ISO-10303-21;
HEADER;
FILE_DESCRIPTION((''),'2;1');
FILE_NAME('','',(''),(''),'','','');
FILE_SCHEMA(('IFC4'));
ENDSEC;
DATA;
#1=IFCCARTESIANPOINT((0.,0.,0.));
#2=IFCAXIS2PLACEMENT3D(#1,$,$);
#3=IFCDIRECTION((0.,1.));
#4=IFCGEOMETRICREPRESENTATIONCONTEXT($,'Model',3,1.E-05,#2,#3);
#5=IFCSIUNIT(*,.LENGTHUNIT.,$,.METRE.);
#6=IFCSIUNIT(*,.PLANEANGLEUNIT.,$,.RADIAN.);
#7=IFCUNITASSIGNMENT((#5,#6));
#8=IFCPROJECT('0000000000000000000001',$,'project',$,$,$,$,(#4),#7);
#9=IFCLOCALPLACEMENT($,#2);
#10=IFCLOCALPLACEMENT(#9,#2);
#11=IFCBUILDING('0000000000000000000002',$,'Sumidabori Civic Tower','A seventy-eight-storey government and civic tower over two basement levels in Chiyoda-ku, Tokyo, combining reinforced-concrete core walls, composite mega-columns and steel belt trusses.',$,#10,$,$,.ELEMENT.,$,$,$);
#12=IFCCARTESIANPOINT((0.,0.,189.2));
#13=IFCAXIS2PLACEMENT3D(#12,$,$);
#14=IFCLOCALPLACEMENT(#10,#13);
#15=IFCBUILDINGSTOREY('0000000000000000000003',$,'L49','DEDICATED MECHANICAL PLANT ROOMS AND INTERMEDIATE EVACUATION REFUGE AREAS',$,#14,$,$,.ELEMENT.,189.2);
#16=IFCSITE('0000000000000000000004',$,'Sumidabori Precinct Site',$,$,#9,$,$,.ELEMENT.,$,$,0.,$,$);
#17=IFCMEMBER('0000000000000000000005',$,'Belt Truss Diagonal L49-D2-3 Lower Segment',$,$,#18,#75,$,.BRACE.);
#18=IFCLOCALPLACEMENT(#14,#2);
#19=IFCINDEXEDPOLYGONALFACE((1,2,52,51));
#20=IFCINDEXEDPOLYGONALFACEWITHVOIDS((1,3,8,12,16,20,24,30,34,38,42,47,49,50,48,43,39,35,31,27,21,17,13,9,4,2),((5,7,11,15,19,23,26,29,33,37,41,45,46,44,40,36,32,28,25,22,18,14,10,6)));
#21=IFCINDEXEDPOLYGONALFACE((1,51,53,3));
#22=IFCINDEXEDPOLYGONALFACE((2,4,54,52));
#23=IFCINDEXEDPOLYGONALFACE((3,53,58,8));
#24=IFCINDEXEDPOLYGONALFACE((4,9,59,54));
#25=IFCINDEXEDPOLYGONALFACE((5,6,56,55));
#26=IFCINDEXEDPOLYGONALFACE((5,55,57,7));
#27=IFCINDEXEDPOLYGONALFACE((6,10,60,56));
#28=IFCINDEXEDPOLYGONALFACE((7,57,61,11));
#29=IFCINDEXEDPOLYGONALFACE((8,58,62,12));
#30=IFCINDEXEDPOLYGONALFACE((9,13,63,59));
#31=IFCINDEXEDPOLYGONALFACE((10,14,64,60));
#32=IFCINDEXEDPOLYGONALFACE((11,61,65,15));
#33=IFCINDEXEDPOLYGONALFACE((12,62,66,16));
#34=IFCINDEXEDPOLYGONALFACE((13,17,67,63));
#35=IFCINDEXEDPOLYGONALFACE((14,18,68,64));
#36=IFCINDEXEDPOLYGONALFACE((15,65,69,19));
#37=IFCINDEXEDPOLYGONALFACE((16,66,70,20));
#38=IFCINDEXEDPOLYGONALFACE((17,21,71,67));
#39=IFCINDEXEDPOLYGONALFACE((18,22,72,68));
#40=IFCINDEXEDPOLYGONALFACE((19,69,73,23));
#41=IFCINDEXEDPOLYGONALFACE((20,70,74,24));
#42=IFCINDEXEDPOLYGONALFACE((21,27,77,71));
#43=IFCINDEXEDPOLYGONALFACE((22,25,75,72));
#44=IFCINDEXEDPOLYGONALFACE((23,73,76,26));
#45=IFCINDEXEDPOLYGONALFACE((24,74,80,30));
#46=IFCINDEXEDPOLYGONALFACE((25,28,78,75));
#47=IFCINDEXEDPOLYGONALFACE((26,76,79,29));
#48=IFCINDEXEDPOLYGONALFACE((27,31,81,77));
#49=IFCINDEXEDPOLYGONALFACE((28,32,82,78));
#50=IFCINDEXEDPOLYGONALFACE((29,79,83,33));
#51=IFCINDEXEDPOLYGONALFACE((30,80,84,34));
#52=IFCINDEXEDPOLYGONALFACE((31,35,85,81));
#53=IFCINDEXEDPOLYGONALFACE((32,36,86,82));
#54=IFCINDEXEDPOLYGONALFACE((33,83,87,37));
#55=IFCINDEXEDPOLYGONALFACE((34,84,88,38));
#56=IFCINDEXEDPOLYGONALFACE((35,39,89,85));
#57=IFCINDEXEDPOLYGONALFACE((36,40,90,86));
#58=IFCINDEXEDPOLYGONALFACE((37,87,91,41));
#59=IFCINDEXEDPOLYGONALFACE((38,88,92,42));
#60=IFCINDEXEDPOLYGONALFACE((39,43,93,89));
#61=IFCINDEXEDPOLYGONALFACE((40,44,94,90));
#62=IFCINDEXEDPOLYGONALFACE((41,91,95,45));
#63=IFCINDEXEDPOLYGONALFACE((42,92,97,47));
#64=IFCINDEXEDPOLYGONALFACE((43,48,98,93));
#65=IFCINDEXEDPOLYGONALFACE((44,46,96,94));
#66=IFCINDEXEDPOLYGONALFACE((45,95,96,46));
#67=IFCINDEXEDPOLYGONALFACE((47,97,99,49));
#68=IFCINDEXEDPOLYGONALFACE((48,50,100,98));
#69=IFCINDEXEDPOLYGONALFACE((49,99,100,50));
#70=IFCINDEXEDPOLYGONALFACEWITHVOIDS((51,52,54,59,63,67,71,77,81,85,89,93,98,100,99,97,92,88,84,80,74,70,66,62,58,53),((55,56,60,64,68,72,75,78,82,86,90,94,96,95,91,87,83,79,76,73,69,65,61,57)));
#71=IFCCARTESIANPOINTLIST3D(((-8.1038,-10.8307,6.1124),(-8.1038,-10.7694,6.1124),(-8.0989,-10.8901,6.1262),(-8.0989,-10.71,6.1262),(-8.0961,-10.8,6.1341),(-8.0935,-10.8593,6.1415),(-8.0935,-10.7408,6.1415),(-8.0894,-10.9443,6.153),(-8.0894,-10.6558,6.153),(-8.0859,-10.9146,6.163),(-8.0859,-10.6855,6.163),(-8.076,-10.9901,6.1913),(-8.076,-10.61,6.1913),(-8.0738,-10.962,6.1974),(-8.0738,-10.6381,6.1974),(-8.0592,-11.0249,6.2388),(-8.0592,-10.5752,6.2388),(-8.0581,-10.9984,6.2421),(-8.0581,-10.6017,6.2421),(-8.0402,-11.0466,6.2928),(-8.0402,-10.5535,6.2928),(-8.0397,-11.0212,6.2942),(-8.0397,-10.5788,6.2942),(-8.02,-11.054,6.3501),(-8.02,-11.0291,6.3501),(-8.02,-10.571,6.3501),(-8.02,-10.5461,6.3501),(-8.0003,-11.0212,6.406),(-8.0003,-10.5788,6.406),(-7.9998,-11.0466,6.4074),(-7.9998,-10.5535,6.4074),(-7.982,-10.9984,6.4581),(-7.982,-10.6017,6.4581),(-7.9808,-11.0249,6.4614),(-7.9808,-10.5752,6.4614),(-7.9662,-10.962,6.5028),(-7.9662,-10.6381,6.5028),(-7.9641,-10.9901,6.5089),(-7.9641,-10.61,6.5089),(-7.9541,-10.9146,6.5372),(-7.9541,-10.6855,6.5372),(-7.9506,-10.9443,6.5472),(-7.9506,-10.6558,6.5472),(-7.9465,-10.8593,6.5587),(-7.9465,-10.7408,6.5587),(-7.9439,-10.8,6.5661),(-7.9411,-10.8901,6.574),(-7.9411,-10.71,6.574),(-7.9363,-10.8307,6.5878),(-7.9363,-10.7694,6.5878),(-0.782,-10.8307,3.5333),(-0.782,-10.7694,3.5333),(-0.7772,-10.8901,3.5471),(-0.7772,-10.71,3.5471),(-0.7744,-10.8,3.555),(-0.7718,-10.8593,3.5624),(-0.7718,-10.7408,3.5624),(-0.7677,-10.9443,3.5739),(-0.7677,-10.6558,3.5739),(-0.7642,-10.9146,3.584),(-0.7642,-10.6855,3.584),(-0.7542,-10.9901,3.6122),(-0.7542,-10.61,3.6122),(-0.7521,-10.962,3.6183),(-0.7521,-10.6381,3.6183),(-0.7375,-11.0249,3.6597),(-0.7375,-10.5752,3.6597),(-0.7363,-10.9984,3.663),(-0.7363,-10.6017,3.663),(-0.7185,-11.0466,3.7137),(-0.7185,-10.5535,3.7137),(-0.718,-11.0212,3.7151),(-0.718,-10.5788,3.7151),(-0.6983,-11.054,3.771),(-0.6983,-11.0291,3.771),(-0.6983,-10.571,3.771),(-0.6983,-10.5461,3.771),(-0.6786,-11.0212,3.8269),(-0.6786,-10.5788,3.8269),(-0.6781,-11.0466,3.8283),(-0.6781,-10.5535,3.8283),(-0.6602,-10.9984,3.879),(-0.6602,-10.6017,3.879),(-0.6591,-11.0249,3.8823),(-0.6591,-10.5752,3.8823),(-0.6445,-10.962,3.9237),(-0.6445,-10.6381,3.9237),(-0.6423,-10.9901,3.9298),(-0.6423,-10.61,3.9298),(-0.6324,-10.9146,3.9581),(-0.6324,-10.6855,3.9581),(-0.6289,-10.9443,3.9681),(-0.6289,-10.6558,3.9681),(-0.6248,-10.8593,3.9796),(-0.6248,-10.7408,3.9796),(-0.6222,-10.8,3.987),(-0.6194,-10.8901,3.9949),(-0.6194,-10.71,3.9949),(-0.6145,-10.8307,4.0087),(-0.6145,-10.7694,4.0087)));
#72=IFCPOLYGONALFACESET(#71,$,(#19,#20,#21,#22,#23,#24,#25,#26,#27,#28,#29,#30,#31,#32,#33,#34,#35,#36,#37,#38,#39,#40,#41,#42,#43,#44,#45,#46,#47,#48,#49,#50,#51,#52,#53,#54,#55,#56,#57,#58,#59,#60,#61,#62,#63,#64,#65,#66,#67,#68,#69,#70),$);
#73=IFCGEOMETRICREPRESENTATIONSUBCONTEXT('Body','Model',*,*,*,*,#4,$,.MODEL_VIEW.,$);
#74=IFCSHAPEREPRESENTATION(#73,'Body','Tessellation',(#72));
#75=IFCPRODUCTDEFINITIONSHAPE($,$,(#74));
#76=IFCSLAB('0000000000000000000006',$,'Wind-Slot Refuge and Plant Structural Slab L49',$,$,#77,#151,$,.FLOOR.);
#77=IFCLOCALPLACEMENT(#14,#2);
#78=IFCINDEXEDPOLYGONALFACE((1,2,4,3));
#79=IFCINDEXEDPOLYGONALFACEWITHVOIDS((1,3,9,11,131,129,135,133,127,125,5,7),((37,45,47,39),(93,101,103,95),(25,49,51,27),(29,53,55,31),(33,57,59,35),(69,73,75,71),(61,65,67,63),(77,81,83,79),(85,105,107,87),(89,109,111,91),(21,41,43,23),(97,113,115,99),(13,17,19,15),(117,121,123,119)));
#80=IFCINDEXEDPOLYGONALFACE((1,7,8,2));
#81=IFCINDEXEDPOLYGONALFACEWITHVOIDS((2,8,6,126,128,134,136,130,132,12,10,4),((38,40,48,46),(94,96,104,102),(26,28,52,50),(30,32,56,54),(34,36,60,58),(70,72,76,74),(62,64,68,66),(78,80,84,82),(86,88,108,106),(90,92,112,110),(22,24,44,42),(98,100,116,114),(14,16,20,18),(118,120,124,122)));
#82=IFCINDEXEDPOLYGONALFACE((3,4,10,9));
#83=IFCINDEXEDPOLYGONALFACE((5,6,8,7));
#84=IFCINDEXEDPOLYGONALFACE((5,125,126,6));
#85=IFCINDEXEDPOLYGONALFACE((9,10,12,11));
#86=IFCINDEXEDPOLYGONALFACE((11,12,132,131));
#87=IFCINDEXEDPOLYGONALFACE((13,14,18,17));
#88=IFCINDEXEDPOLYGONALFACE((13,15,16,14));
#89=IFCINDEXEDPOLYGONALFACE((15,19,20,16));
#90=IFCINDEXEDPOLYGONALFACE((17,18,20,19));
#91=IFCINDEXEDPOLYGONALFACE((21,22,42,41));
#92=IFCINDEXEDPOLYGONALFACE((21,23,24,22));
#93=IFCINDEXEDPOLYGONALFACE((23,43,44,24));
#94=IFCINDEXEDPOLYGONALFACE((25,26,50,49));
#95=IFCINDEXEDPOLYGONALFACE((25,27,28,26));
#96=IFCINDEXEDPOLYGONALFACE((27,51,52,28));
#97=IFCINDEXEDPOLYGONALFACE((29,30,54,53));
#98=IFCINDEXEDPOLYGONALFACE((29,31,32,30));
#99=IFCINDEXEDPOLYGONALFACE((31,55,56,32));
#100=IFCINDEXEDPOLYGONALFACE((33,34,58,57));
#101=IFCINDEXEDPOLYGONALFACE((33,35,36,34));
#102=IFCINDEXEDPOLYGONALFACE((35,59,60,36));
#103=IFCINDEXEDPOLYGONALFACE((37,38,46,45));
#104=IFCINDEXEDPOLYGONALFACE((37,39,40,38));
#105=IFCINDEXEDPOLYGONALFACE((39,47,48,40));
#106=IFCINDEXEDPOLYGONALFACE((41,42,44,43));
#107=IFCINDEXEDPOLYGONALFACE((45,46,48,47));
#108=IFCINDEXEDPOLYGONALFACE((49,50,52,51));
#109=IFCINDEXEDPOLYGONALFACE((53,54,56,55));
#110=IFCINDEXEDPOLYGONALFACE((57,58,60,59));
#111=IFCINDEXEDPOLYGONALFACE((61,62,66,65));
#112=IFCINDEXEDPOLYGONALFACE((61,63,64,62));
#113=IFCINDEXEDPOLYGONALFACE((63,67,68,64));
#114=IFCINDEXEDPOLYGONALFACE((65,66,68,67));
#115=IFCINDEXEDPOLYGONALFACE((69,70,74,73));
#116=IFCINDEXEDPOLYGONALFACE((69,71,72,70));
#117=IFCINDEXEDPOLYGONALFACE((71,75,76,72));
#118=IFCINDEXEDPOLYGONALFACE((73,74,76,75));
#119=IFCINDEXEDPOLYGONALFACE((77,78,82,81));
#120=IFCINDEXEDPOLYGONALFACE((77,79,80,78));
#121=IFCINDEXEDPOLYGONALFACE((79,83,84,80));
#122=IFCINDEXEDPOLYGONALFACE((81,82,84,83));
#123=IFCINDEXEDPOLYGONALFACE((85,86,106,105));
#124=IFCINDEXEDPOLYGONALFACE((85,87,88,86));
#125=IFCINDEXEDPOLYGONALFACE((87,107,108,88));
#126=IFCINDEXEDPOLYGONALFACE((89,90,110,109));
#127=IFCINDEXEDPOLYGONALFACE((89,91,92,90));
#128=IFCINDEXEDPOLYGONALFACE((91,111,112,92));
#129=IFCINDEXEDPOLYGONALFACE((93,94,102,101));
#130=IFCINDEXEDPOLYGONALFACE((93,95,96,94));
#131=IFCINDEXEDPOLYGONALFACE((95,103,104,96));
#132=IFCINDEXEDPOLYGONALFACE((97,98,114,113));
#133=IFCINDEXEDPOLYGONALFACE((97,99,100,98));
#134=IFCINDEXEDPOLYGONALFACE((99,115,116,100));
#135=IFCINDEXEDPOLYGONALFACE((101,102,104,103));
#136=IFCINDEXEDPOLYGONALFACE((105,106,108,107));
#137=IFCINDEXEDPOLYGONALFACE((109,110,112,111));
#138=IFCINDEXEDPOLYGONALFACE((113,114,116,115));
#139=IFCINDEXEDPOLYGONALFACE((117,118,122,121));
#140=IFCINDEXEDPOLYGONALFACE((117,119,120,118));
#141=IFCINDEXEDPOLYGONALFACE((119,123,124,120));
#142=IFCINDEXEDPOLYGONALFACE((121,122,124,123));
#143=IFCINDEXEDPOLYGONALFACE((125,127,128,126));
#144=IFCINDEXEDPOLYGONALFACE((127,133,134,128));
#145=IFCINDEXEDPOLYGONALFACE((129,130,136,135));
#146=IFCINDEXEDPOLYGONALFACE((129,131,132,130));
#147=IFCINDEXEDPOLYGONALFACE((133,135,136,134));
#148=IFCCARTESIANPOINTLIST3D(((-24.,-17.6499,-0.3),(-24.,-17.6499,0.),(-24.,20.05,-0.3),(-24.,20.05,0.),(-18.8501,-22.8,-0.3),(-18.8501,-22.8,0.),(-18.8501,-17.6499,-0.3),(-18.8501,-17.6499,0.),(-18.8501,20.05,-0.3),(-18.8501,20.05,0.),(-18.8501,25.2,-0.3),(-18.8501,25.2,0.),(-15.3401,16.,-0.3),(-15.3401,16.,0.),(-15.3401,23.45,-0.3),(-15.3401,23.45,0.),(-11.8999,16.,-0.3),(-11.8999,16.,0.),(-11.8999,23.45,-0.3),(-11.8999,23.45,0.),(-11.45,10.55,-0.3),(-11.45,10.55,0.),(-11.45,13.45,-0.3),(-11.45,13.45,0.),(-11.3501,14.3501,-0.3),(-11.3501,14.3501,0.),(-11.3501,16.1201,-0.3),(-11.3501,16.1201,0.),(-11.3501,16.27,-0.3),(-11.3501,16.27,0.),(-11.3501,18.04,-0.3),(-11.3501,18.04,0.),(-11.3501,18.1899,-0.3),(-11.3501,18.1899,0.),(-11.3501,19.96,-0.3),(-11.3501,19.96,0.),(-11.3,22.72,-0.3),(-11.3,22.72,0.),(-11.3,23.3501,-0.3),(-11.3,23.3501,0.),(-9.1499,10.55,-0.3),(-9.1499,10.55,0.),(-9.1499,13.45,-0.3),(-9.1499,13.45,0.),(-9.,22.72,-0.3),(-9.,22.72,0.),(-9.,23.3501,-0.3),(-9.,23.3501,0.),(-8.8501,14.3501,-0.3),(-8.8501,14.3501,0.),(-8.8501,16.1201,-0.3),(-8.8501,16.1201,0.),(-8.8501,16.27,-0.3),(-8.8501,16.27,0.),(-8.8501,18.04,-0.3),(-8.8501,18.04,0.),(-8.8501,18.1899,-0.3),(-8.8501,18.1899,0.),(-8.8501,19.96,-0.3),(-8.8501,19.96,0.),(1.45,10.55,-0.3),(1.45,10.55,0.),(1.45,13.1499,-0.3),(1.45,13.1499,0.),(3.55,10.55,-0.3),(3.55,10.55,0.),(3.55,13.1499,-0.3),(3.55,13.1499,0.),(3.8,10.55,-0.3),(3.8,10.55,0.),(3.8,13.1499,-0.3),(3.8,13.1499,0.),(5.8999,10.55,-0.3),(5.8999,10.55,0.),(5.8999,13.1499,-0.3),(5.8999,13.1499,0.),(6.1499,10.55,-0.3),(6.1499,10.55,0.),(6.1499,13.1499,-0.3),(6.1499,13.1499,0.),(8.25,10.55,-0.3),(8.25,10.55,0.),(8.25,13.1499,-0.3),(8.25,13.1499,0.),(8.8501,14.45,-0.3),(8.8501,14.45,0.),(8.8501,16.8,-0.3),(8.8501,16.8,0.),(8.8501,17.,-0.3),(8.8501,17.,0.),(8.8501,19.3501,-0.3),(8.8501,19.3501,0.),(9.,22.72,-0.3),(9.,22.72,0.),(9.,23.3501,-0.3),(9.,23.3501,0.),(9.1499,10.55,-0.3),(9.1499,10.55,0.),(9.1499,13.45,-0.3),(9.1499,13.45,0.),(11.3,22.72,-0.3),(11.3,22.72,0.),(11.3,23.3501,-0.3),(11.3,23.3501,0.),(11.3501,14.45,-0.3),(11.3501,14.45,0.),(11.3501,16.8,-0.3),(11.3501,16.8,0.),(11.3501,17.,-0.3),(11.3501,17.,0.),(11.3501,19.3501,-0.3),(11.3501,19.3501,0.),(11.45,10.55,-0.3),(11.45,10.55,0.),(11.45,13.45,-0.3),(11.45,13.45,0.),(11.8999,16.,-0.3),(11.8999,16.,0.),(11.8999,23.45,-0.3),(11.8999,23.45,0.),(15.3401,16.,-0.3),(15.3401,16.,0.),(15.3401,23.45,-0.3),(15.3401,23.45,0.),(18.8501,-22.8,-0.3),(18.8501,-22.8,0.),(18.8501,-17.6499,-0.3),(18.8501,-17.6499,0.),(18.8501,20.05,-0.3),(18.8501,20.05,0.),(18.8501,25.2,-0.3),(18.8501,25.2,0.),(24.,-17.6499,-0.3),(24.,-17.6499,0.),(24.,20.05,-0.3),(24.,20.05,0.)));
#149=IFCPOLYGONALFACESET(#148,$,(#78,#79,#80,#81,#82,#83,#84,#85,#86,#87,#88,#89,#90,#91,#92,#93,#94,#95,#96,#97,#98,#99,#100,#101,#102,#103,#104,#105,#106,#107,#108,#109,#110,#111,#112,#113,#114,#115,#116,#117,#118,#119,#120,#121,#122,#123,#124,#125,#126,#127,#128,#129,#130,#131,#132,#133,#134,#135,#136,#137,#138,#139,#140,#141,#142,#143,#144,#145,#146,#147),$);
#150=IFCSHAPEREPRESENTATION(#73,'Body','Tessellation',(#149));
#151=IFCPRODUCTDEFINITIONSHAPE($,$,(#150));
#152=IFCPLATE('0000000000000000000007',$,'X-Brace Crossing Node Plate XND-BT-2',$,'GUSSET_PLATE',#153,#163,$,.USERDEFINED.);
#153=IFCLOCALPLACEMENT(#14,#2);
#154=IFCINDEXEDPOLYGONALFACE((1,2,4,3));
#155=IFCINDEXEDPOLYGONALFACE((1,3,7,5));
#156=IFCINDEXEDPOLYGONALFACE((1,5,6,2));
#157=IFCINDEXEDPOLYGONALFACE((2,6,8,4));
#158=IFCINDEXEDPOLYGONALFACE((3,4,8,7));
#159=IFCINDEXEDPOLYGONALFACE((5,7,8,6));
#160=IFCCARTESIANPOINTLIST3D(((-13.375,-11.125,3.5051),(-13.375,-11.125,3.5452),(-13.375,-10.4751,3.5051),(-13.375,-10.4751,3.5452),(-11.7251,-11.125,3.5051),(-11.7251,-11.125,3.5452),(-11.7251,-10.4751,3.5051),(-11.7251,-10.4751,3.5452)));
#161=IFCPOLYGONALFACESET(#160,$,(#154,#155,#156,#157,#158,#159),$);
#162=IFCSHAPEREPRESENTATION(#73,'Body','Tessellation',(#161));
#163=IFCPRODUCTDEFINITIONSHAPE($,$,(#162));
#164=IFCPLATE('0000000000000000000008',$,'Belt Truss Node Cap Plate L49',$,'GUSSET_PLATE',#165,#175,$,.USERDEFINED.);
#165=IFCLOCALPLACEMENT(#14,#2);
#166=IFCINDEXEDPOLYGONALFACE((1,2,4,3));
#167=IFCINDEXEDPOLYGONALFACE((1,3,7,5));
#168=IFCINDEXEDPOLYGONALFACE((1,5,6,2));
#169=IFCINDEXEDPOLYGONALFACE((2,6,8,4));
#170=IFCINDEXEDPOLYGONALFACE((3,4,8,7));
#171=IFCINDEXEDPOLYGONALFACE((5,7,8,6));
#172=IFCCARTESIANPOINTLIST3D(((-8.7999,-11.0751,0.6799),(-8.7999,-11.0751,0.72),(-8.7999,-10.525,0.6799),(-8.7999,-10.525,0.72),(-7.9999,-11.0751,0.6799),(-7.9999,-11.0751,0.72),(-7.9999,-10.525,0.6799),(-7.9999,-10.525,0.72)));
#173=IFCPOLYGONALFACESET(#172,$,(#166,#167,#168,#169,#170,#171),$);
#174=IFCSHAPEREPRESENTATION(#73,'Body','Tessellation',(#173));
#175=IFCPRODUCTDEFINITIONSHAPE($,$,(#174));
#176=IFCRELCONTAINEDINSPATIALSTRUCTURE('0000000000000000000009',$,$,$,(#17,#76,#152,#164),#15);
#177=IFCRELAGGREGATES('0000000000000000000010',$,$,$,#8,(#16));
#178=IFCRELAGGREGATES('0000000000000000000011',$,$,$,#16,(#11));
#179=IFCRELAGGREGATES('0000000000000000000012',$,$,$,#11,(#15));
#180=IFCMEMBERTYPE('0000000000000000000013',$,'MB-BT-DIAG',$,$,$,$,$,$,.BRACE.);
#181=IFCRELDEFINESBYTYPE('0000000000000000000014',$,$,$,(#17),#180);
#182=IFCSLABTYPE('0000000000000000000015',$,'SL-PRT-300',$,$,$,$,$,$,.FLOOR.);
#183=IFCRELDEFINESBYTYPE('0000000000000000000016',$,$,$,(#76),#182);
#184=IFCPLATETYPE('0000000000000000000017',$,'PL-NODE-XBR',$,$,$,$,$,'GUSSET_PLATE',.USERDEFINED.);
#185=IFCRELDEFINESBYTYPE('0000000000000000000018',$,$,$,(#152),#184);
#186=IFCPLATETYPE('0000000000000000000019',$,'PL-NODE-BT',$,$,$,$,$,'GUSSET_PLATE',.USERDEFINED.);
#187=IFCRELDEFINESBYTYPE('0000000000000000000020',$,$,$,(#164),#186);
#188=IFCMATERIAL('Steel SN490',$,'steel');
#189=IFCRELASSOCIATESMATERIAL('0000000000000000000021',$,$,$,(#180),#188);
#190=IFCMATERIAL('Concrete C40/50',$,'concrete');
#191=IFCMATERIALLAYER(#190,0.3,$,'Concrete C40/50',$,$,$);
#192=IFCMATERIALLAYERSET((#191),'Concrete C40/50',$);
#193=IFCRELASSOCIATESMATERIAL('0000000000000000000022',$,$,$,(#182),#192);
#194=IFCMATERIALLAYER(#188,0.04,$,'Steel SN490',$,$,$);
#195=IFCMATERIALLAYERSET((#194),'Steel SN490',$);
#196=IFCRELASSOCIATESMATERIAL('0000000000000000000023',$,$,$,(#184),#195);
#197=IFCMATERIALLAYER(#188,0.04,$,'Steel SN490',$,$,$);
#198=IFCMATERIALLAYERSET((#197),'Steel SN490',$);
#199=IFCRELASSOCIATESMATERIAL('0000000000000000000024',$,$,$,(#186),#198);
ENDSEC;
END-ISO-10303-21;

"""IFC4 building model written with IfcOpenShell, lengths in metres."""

from ifc_helpers import new_model, si_unit, direction, frame, origin, origin_2d, place, context, subcontext, project, spatial, polyline, rectangle, hollow_circle, outline, extrude, source, transform, mapped, material, layer, layer_set, material_profile, profile_set, type_object, element, save


model = new_model("IFC4")

# Units and contexts
model_context = context("Model", 3, precision=1e-05, world=origin(), true_north=direction((0.0, 1.0)))
body_context = subcontext(model_context, "Body", "Model", "MODEL_VIEW")
ifc_project = project(units=[si_unit("LENGTHUNIT", "METRE"), si_unit("PLANEANGLEUNIT", "RADIAN")], contexts=[model_context])

# Site, building, storey
site_placement = place(None, origin())
site = spatial("IfcSite", under=ifc_project, at=site_placement, Name="Sumidabori Precinct Site", CompositionType="ELEMENT", RefElevation=0.0)
building_placement = place(site_placement, origin())
building = spatial("IfcBuilding", under=site, at=building_placement, Name="Sumidabori Civic Tower", Description="A seventy-eight-storey government and civic tower over two basement levels in Chiyoda-ku, Tokyo, combining reinforced-concrete core walls, composite mega-columns and steel belt trusses.", CompositionType="ELEMENT")
storey_placement = place(building_placement, frame((0.0, 0.0, 189.2)))
storey = spatial("IfcBuildingStorey", under=building, at=storey_placement, Name="L49", Description="DEDICATED MECHANICAL PLANT ROOMS AND INTERMEDIATE EVACUATION REFUGE AREAS", CompositionType="ELEMENT", Elevation=189.2)

# Shared definitions
ifc_material_1 = material(Name="Steel SN490", Category="steel")

# Shared definitions
ifc_material_profile_1 = material_profile(ifc_material_1, hollow_circle(Radius=0.2539, WallThickness=0.0249, at=origin_2d()), Name="CHS 508x25")
ifc_profile_set_1 = profile_set([ifc_material_profile_1], Name="Steel SN490")
member_type = type_object("IfcMemberType", Name="MB-BT-DIAG", PredefinedType="BRACE", material=ifc_profile_set_1)

# Member
shared_shape_1 = source(origin(), body_context, "Body", "SweptSolid", [
    extrude(hollow_circle(Radius=0.2539, WallThickness=0.0249, at=origin_2d()), origin(), (0.0, 0.0, 1.0), 7.7627),
])
member_1_placement = place(storey_placement, frame((-8.02, -10.8, 6.3501), z_axis=(0.943195, 0.0, -0.332241), x_axis=(0.0, 1.0, 0.0)))
element("IfcMember", 1, at=member_1_placement, inside=storey, type_object=member_type, Name="Belt Truss Diagonal L49-D2-3 Lower Segment", PredefinedType="BRACE", context=body_context, shape_type="MappedRepresentation", body=[
    mapped(shared_shape_1, transform((0.0, 0.0, 0.0), x_axis=(1.0, 0.0, 0.0), y_axis=(0.0, 1.0, 0.0), z_axis=(0.0, 0.0, 1.0), scale=1.0)),
])

# Slab
ifc_material_2 = material(Name="Concrete C40/50", Category="concrete")
ifc_layer_1 = layer(ifc_material_2, 0.3, Name="Concrete C40/50")
ifc_layer_set_1 = layer_set([ifc_layer_1], Name="Concrete C40/50")
slab_type = type_object("IfcSlabType", Name="SL-PRT-300", PredefinedType="FLOOR", material=ifc_layer_set_1)
slab_placement = place(storey_placement, frame((0.0, 0.0, -0.3)))
element("IfcSlab", 2, at=slab_placement, inside=storey, type_object=slab_type, Name="Wind-Slot Refuge and Plant Structural Slab L49", PredefinedType="FLOOR", context=body_context, shape_type="SweptSolid", body=[
    extrude(outline(polyline([(-18.8501, -22.8), (18.8501, -22.8), (18.8501, -17.6499), (24.0, -17.6499), (24.0, 20.05), (18.8501, 20.05), (18.8501, 25.2), (-18.8501, 25.2), (-18.8501, 20.05), (-24.0, 20.05), (-24.0, -17.6499), (-18.8501, -17.6499), (-18.8501, -22.8)]), holes=[polyline([(-11.8999, 16.0), (-11.8999, 23.45), (-15.3401, 23.45), (-15.3401, 16.0), (-11.8999, 16.0)]), polyline([(15.3401, 16.0), (15.3401, 23.45), (11.8999, 23.45), (11.8999, 16.0), (15.3401, 16.0)]), polyline([(-11.45, 10.55), (-9.1499, 10.55), (-9.1499, 13.45), (-11.45, 13.45), (-11.45, 10.55)]), polyline([(9.1499, 10.55), (11.45, 10.55), (11.45, 13.45), (9.1499, 13.45), (9.1499, 10.55)]), polyline([(1.45, 10.55), (3.55, 10.55), (3.55, 13.1499), (1.45, 13.1499), (1.45, 10.55)]), polyline([(3.8, 10.55), (5.8999, 10.55), (5.8999, 13.1499), (3.8, 13.1499), (3.8, 10.55)]), polyline([(6.1499, 10.55), (8.25, 10.55), (8.25, 13.1499), (6.1499, 13.1499), (6.1499, 10.55)]), polyline([(-11.3501, 14.3501), (-8.8501, 14.3501), (-8.8501, 16.1201), (-11.3501, 16.1201), (-11.3501, 14.3501)]), polyline([(-11.3501, 16.27), (-8.8501, 16.27), (-8.8501, 18.04), (-11.3501, 18.04), (-11.3501, 16.27)]), polyline([(-11.3501, 18.1899), (-8.8501, 18.1899), (-8.8501, 19.96), (-11.3501, 19.96), (-11.3501, 18.1899)]), polyline([(8.8501, 14.45), (11.3501, 14.45), (11.3501, 16.8), (8.8501, 16.8), (8.8501, 14.45)]), polyline([(8.8501, 17.0), (11.3501, 17.0), (11.3501, 19.3501), (8.8501, 19.3501), (8.8501, 17.0)]), polyline([(-11.3, 22.72), (-9.0, 22.72), (-9.0, 23.3501), (-11.3, 23.3501), (-11.3, 22.72)]), polyline([(9.0, 22.72), (11.3, 22.72), (11.3, 23.3501), (9.0, 23.3501), (9.0, 22.72)])]), origin(), (0.0, 0.0, 1.0), 0.3),
])

# Plates
ifc_layer_2 = layer(ifc_material_1, 0.04, Name="Steel SN490")
ifc_layer_set_2 = layer_set([ifc_layer_2], Name="Steel SN490")
plate_type_1 = type_object("IfcPlateType", Name="PL-NODE-XBR", ElementType="GUSSET_PLATE", PredefinedType="USERDEFINED", material=ifc_layer_set_2)
shared_shape_2 = source(origin(), body_context, "Body", "SweptSolid", [
    extrude(rectangle(XDim=1.6499, YDim=0.6499, at=origin_2d()), origin(), (0.0, 0.0, 1.0), 0.04),
])
plate_1_placement = place(storey_placement, frame((-12.55, -10.8, 3.5051), z_axis=(0.0, 0.0, 1.0), x_axis=(1.0, 0.0, 0.0)))
element("IfcPlate", 3, at=plate_1_placement, inside=storey, type_object=plate_type_1, Name="X-Brace Crossing Node Plate XND-BT-2", ObjectType="GUSSET_PLATE", PredefinedType="USERDEFINED", context=body_context, shape_type="MappedRepresentation", body=[
    mapped(shared_shape_2, transform((0.0, 0.0, 0.0), x_axis=(1.0, 0.0, 0.0), y_axis=(0.0, 1.0, 0.0), z_axis=(0.0, 0.0, 1.0), scale=1.0)),
])
ifc_layer_3 = layer(ifc_material_1, 0.04, Name="Steel SN490")
ifc_layer_set_3 = layer_set([ifc_layer_3], Name="Steel SN490")
plate_type_2 = type_object("IfcPlateType", Name="PL-NODE-BT", ElementType="GUSSET_PLATE", PredefinedType="USERDEFINED", material=ifc_layer_set_3)
shared_shape_3 = source(origin(), body_context, "Body", "SweptSolid", [
    extrude(rectangle(XDim=0.8, YDim=0.55, at=origin_2d()), origin(), (0.0, 0.0, 1.0), 0.04),
])
plate_2_placement = place(storey_placement, frame((-8.3999, -10.8, 0.6799), z_axis=(0.0, 0.0, 1.0), x_axis=(1.0, 0.0, 0.0)))
element("IfcPlate", 4, at=plate_2_placement, inside=storey, type_object=plate_type_2, Name="Belt Truss Node Cap Plate L49", ObjectType="GUSSET_PLATE", PredefinedType="USERDEFINED", context=body_context, shape_type="MappedRepresentation", body=[
    mapped(shared_shape_3, transform((0.0, 0.0, 0.0), x_axis=(1.0, 0.0, 0.0), y_axis=(0.0, 1.0, 0.0), z_axis=(0.0, 0.0, 1.0), scale=1.0)),
])

save(model, "model.ifc")
